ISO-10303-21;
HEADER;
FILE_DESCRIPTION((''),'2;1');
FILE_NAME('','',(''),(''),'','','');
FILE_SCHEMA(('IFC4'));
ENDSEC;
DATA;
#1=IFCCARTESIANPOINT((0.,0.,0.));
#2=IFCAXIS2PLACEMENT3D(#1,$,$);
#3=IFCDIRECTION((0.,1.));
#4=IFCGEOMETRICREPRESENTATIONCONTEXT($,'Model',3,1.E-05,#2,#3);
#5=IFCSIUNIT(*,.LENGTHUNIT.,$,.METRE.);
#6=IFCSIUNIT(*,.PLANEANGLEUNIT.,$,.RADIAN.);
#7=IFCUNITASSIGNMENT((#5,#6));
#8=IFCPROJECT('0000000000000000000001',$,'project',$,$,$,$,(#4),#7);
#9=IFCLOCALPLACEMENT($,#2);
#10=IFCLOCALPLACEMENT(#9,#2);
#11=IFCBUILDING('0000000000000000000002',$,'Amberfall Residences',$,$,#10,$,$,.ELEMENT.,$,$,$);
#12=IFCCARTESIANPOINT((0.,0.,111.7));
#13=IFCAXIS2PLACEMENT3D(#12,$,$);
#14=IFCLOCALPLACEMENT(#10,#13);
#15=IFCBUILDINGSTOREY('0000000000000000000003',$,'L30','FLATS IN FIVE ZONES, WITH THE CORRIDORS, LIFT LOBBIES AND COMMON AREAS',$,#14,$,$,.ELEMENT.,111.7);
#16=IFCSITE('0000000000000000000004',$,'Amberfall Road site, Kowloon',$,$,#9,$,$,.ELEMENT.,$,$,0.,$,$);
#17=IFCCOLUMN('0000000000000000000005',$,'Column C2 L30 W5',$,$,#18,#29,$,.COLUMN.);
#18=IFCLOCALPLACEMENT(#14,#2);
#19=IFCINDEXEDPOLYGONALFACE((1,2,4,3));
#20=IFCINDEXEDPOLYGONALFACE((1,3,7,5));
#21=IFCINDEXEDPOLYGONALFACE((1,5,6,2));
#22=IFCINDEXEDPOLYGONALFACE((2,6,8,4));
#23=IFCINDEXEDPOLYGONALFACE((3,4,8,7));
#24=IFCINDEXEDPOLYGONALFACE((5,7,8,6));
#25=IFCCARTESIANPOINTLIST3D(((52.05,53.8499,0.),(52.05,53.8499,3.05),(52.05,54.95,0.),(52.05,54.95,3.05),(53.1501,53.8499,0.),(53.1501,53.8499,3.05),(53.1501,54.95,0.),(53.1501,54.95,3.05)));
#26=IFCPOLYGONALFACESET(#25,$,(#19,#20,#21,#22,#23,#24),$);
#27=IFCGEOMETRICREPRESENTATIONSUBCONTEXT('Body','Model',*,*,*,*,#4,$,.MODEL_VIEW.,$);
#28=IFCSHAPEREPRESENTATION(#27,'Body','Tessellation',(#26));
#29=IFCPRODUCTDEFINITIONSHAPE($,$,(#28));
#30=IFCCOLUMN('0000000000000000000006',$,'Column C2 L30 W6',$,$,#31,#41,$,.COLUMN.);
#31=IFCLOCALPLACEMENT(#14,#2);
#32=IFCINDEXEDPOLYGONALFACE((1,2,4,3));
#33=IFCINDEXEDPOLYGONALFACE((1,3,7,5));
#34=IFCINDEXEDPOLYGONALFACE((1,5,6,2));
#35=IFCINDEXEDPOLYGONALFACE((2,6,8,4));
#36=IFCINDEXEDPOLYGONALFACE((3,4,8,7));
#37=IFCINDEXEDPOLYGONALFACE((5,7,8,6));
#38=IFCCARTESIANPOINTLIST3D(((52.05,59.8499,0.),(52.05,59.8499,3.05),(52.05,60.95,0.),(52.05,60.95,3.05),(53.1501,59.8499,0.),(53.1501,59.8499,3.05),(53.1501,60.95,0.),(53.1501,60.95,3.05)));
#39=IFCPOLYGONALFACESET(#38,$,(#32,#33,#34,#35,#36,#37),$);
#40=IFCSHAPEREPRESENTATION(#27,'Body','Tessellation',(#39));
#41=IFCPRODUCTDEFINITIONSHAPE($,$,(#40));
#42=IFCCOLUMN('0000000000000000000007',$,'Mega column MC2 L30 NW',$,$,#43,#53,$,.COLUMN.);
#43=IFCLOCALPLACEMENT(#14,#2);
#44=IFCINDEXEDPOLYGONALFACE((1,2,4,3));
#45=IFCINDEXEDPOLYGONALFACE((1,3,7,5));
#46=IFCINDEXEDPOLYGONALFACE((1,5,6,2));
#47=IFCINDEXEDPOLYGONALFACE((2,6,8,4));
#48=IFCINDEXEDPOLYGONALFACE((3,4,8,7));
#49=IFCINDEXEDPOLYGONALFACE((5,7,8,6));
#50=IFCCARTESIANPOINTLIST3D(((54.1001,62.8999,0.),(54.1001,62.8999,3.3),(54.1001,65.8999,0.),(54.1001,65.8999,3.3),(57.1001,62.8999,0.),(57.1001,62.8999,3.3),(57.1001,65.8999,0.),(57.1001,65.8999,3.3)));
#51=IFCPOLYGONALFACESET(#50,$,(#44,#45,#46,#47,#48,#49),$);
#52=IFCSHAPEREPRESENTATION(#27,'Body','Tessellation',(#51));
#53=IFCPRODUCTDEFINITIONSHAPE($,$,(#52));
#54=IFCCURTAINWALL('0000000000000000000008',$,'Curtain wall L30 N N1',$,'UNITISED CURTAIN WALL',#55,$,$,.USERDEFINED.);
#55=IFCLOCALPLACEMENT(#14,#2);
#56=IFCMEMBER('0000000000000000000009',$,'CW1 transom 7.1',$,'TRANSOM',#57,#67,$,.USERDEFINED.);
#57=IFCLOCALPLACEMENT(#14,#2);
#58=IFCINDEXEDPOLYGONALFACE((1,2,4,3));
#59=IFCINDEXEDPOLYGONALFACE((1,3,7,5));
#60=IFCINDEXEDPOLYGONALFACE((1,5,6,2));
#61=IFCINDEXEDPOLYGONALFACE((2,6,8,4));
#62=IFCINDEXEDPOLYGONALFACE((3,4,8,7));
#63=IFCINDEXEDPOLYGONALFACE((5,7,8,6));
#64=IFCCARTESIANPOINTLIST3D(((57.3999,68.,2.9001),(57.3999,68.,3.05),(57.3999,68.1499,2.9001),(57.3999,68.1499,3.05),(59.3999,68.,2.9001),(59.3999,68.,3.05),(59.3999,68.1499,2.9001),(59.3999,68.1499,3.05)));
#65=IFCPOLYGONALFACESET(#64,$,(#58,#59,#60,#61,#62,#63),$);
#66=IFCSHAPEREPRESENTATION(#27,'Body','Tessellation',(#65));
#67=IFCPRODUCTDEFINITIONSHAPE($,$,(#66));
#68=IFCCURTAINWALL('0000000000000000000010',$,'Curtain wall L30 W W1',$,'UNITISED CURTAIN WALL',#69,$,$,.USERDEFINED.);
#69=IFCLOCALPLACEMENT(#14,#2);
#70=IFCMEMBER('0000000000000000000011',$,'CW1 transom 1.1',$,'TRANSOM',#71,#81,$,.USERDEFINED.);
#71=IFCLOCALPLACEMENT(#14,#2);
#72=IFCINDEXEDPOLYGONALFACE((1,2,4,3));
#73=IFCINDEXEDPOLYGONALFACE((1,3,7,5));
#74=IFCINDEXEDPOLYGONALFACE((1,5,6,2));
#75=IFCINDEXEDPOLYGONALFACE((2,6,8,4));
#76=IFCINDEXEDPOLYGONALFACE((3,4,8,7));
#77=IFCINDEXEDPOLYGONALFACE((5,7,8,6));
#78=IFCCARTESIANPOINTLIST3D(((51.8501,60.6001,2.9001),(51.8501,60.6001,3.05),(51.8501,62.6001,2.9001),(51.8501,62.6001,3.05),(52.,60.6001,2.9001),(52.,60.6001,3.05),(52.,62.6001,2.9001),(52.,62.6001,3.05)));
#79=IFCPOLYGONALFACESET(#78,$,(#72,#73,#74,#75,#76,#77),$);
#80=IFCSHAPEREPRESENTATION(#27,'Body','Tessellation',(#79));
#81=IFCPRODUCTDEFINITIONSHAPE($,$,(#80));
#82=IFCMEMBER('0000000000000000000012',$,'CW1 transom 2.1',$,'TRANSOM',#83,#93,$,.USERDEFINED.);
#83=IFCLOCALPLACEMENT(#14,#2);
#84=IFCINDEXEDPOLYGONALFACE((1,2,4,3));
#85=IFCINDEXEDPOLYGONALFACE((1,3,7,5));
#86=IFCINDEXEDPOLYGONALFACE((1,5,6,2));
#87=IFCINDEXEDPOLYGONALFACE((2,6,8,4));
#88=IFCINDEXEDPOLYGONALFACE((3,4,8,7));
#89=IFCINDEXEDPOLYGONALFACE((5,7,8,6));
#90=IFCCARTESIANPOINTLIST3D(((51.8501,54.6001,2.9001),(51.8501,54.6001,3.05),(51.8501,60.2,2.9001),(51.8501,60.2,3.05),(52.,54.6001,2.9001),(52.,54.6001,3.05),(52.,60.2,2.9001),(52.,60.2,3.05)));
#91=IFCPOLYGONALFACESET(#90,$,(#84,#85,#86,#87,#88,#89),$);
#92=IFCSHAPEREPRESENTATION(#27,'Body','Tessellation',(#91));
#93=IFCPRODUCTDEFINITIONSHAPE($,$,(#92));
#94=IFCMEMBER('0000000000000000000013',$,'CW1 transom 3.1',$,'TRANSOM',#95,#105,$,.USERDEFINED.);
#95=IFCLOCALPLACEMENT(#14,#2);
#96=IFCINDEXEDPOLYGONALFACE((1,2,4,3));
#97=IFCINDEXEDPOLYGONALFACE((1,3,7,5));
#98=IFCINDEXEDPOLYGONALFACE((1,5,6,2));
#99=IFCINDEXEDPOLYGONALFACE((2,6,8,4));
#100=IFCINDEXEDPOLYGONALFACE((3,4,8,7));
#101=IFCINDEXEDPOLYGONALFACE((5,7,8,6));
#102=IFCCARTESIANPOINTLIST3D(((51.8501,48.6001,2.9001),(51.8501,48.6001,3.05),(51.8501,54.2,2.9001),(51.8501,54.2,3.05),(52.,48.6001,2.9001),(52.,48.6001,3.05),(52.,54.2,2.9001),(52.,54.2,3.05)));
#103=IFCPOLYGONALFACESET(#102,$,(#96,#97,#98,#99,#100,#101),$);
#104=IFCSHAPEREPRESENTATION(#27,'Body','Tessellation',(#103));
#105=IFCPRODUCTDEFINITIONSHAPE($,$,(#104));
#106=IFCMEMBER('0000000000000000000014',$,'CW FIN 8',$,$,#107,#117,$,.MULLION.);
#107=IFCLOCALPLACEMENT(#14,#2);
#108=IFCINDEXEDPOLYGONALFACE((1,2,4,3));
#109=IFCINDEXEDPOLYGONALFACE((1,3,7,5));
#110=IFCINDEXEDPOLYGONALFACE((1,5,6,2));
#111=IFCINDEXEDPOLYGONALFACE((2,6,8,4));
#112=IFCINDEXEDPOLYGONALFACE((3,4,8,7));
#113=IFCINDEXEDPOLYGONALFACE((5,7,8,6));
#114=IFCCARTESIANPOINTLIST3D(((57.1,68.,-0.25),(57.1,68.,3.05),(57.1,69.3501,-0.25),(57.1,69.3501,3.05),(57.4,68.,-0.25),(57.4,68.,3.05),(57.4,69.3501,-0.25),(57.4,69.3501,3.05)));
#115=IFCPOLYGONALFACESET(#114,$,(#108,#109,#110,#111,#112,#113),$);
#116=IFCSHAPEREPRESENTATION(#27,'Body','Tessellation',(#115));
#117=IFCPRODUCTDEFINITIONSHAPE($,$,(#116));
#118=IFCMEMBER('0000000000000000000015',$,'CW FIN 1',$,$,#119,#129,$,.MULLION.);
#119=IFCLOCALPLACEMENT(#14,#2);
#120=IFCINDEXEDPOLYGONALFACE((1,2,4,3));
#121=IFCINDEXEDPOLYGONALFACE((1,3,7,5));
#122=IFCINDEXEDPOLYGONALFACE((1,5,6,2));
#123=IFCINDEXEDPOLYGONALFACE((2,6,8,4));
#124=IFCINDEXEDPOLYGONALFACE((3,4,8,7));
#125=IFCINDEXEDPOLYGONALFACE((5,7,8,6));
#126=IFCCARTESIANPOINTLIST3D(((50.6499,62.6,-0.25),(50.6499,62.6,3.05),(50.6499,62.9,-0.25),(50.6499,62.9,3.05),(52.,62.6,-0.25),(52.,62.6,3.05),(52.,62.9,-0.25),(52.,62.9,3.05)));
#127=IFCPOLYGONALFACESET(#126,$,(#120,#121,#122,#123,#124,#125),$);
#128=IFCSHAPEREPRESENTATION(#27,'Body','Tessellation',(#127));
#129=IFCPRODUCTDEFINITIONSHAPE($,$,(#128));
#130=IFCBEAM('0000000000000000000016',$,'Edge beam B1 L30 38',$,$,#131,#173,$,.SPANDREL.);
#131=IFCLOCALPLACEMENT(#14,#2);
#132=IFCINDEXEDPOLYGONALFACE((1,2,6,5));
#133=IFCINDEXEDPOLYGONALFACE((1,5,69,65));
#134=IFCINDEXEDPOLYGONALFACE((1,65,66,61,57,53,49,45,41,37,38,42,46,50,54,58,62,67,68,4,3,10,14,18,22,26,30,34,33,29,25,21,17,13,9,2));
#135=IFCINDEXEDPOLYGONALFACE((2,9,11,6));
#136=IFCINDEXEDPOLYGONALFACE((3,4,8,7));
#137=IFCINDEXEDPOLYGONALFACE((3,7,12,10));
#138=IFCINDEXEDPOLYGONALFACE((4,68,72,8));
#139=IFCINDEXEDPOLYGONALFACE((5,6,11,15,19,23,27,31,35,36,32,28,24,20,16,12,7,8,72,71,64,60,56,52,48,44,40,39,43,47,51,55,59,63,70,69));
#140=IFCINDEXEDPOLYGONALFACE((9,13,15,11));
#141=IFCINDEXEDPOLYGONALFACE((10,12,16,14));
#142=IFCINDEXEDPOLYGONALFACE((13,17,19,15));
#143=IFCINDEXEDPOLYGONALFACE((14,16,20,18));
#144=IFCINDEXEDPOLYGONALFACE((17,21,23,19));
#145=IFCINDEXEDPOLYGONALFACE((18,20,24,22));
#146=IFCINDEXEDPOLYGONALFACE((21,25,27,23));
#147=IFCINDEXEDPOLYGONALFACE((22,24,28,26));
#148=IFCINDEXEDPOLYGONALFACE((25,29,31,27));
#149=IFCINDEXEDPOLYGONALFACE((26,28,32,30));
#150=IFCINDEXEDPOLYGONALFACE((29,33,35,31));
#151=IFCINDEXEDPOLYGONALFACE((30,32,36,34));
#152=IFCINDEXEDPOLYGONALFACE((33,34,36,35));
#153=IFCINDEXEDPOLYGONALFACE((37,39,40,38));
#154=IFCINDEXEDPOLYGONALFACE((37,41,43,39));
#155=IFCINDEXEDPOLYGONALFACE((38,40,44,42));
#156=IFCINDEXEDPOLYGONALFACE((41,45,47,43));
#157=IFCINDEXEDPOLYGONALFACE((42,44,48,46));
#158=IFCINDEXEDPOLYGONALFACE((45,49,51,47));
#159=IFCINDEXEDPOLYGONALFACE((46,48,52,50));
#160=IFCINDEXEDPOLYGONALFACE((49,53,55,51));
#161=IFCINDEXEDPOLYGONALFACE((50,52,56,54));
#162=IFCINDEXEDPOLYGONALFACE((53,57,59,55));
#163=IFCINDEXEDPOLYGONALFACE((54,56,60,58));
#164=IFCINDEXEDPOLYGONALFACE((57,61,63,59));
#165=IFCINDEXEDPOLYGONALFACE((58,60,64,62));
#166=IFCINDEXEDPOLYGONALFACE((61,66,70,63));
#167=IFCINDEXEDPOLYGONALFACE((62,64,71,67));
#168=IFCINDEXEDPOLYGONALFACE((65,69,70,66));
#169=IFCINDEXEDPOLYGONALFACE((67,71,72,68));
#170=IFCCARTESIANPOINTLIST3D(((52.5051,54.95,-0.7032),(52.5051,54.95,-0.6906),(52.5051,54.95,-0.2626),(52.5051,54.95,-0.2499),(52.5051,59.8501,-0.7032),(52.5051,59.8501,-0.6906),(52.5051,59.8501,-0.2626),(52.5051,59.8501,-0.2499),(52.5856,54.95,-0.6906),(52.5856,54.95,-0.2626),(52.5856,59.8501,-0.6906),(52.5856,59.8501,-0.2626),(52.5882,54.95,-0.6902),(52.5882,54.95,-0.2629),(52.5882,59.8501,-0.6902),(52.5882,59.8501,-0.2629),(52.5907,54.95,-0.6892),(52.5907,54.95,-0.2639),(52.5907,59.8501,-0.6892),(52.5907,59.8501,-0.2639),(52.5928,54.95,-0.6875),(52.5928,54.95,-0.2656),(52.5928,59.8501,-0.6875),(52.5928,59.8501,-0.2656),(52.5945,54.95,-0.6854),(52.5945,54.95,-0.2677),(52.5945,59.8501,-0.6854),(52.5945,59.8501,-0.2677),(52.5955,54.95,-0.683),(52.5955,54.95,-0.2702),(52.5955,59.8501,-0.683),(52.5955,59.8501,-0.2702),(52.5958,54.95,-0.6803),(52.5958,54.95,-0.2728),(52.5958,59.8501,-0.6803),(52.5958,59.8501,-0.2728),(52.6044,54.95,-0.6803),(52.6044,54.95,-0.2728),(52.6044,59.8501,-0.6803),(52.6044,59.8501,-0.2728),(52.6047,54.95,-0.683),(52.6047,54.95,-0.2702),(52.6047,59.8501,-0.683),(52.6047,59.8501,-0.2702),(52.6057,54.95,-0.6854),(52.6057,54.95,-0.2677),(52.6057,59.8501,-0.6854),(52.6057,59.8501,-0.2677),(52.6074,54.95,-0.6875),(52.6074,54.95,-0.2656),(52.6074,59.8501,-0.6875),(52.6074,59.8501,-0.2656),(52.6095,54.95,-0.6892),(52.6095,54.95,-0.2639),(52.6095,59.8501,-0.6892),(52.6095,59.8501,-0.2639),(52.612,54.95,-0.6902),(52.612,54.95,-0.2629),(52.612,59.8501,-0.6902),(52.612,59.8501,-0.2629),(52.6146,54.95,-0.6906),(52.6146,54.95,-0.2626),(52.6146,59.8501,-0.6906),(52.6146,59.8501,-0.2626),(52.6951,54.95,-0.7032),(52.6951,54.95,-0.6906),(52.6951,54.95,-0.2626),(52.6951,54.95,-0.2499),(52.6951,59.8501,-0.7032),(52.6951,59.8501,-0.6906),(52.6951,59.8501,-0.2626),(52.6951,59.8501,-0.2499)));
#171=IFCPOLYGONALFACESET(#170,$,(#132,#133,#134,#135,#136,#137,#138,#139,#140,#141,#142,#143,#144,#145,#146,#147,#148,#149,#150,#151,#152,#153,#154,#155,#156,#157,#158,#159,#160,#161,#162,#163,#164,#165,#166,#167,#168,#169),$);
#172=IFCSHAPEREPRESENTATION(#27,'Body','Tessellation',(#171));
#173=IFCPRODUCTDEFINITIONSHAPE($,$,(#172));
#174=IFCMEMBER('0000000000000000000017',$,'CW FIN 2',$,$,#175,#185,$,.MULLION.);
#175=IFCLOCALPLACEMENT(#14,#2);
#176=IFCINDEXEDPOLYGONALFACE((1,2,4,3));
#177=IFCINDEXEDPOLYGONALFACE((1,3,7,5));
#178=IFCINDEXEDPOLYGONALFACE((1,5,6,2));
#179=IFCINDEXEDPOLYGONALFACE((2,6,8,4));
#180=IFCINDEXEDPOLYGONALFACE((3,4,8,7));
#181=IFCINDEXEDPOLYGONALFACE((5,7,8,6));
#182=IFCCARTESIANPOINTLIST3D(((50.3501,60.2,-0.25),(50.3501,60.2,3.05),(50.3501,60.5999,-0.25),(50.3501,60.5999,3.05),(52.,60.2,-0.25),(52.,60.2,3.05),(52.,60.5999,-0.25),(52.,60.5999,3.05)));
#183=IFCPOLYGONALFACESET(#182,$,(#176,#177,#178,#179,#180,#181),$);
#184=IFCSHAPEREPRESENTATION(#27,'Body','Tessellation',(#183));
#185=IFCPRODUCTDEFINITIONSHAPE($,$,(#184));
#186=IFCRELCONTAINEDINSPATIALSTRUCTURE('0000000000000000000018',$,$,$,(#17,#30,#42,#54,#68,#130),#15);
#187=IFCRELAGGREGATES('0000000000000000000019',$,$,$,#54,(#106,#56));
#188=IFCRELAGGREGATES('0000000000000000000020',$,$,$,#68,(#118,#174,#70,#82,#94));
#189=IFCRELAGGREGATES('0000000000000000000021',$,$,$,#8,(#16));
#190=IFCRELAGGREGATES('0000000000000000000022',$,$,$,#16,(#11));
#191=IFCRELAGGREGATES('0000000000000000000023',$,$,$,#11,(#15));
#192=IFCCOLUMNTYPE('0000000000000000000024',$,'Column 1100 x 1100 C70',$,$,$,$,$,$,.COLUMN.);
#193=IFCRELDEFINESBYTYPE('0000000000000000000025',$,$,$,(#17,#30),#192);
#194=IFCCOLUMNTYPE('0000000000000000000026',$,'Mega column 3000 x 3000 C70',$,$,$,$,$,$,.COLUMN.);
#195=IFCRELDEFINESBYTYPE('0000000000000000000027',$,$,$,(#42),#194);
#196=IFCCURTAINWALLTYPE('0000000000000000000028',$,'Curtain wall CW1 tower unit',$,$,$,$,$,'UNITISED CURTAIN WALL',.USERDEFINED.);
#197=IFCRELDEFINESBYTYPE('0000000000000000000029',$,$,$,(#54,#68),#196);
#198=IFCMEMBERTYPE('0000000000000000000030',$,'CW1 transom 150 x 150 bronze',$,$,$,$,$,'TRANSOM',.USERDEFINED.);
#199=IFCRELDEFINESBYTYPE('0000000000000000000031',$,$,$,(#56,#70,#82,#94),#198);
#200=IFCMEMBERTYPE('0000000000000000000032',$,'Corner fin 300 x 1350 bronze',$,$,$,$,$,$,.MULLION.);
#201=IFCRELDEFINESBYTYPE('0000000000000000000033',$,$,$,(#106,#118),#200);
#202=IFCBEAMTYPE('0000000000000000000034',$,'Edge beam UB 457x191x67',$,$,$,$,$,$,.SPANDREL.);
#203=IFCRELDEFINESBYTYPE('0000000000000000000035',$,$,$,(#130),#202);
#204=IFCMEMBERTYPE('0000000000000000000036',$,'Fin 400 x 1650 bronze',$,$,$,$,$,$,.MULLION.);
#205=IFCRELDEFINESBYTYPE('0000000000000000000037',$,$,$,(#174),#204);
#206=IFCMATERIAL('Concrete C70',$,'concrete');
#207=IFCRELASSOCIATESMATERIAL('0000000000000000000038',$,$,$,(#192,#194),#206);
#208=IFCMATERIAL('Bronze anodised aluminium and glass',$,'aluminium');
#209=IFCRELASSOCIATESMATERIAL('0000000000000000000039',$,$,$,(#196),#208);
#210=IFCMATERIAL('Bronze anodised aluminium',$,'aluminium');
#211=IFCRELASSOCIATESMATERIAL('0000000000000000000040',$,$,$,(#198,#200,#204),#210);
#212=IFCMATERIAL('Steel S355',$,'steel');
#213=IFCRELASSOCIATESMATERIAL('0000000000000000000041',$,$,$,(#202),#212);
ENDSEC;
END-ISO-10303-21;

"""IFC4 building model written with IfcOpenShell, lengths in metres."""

from ifc_helpers import new_model, si_unit, direction, frame, origin, origin_2d, place, context, subcontext, project, spatial, rectangle, i_section, extrude, material, material_profile, profile_set, type_object, element, aggregate, save


model = new_model("IFC4")

# Units and contexts
model_context = context("Model", 3, precision=1e-05, world=origin(), true_north=direction((0.0, 1.0)))
body_context = subcontext(model_context, "Body", "Model", "MODEL_VIEW")
ifc_project = project(units=[si_unit("LENGTHUNIT", "METRE"), si_unit("PLANEANGLEUNIT", "RADIAN")], contexts=[model_context])

# Site, building, storey
site_placement = place(None, origin())
site = spatial("IfcSite", under=ifc_project, at=site_placement, Name="Amberfall Road site, Kowloon", CompositionType="ELEMENT", RefElevation=0.0)
building_placement = place(site_placement, origin())
building = spatial("IfcBuilding", under=site, at=building_placement, Name="Amberfall Residences", CompositionType="ELEMENT")
storey_placement = place(building_placement, frame((0.0, 0.0, 111.7)))
storey = spatial("IfcBuildingStorey", under=building, at=storey_placement, Name="L30", Description="FLATS IN FIVE ZONES, WITH THE CORRIDORS, LIFT LOBBIES AND COMMON AREAS", CompositionType="ELEMENT", Elevation=111.7)

# Columns
ifc_material_1 = material(Name="Concrete C70", Category="concrete")
ifc_material_profile_1 = material_profile(ifc_material_1, rectangle(XDim=1.1001, YDim=1.1001, at=origin_2d()), Name="Column 1100 x 1100 C70")
ifc_profile_set_1 = profile_set([ifc_material_profile_1], Name="Concrete C70")
column_type_1 = type_object("IfcColumnType", Name="Column 1100 x 1100 C70", PredefinedType="COLUMN", material=ifc_profile_set_1)
for number, where, z_axis, x_axis, name in (
    (1, (52.6001, 54.3999, 0.0), (0.0, 0.0, 1.0), (1.0, 0.0, 0.0), "Column C2 L30 W5"),
    (2, (52.6001, 60.3999, 0.0), (0.0, 0.0, 1.0), (1.0, 0.0, 0.0), "Column C2 L30 W6"),
):
    element("IfcColumn", number, at=place(storey_placement, frame(where, z_axis=z_axis, x_axis=x_axis)), inside=storey, type_object=column_type_1, Name=name, PredefinedType="COLUMN", context=body_context, shape_type="SweptSolid", body=[
        extrude(rectangle(XDim=1.1001, YDim=1.1001, at=origin_2d()), origin(), (0.0, 0.0, 1.0), 3.05),
    ])
ifc_material_profile_2 = material_profile(ifc_material_1, rectangle(XDim=3.0, YDim=3.0, at=origin_2d()), Name="Mega column 3000 x 3000 C70")
ifc_profile_set_2 = profile_set([ifc_material_profile_2], Name="Concrete C70")
column_type_2 = type_object("IfcColumnType", Name="Mega column 3000 x 3000 C70", PredefinedType="COLUMN", material=ifc_profile_set_2)
column_placement = place(storey_placement, frame((55.6001, 64.3999, 0.0), z_axis=(0.0, 0.0, 1.0), x_axis=(1.0, 0.0, 0.0)))
element("IfcColumn", 3, at=column_placement, inside=storey, type_object=column_type_2, Name="Mega column MC2 L30 NW", PredefinedType="COLUMN", context=body_context, shape_type="SweptSolid", body=[
    extrude(rectangle(XDim=3.0, YDim=3.0, at=origin_2d()), origin(), (0.0, 0.0, 1.0), 3.3),
])

# Curtain wall, member
ifc_material_2 = material(Name="Bronze anodised aluminium and glass", Category="aluminium")
curtain_wall_type = type_object("IfcCurtainWallType", Name="Curtain wall CW1 tower unit", ElementType="UNITISED CURTAIN WALL", PredefinedType="USERDEFINED", material=ifc_material_2)
curtain_wall_1_placement = place(storey_placement, origin())
curtain_wall_1 = element("IfcCurtainWall", 4, at=curtain_wall_1_placement, inside=storey, type_object=curtain_wall_type, Name="Curtain wall L30 N N1", ObjectType="UNITISED CURTAIN WALL", PredefinedType="USERDEFINED")
ifc_material_3 = material(Name="Bronze anodised aluminium", Category="aluminium")
ifc_material_profile_3 = material_profile(ifc_material_3, rectangle(XDim=0.1499, YDim=0.1499, at=origin_2d()), Name="CW1 transom 150 x 150 bronze")
ifc_profile_set_3 = profile_set([ifc_material_profile_3], Name="Bronze anodised aluminium")
member_type_1 = type_object("IfcMemberType", Name="CW1 transom 150 x 150 bronze", ElementType="TRANSOM", PredefinedType="USERDEFINED", material=ifc_profile_set_3)
member_1_placement = place(storey_placement, frame((59.3999, 68.075, 2.9751), z_axis=(-1.0, 0.0, 0.0), x_axis=(0.0, -1.0, 0.0)))
member_1 = element("IfcMember", 5, at=member_1_placement, type_object=member_type_1, Name="CW1 transom 7.1", ObjectType="TRANSOM", PredefinedType="USERDEFINED", context=body_context, shape_type="SweptSolid", body=[
    extrude(rectangle(XDim=0.1499, YDim=0.1499, at=origin_2d()), origin(), (0.0, 0.0, 1.0), 2.0),
])

# Curtain wall, members
curtain_wall_2_placement = place(storey_placement, origin())
curtain_wall_2 = element("IfcCurtainWall", 6, at=curtain_wall_2_placement, inside=storey, type_object=curtain_wall_type, Name="Curtain wall L30 W W1", ObjectType="UNITISED CURTAIN WALL", PredefinedType="USERDEFINED")
member_2_placement = place(storey_placement, frame((51.925, 62.6001, 2.9751), z_axis=(0.0, -1.0, 0.0), x_axis=(1.0, 0.0, 0.0)))
member_2 = element("IfcMember", 7, at=member_2_placement, type_object=member_type_1, Name="CW1 transom 1.1", ObjectType="TRANSOM", PredefinedType="USERDEFINED", context=body_context, shape_type="SweptSolid", body=[
    extrude(rectangle(XDim=0.1499, YDim=0.1499, at=origin_2d()), origin(), (0.0, 0.0, 1.0), 2.0),
])
member_3_placement = place(storey_placement, frame((51.925, 60.2, 2.9751), z_axis=(0.0, -1.0, 0.0), x_axis=(1.0, 0.0, 0.0)))
member_3 = element("IfcMember", 8, at=member_3_placement, type_object=member_type_1, Name="CW1 transom 2.1", ObjectType="TRANSOM", PredefinedType="USERDEFINED", context=body_context, shape_type="SweptSolid", body=[
    extrude(rectangle(XDim=0.1499, YDim=0.1499, at=origin_2d()), origin(), (0.0, 0.0, 1.0), 5.5999),
])
member_4_placement = place(storey_placement, frame((51.925, 54.2, 2.9751), z_axis=(0.0, -1.0, 0.0), x_axis=(1.0, 0.0, 0.0)))
member_4 = element("IfcMember", 9, at=member_4_placement, type_object=member_type_1, Name="CW1 transom 3.1", ObjectType="TRANSOM", PredefinedType="USERDEFINED", context=body_context, shape_type="SweptSolid", body=[
    extrude(rectangle(XDim=0.1499, YDim=0.1499, at=origin_2d()), origin(), (0.0, 0.0, 1.0), 5.5999),
])

# Members
ifc_material_profile_4 = material_profile(ifc_material_3, rectangle(XDim=1.3501, YDim=0.3, at=origin_2d()), Name="Corner fin 300 x 1350 bronze")
ifc_profile_set_4 = profile_set([ifc_material_profile_4], Name="Bronze anodised aluminium")
member_type_2 = type_object("IfcMemberType", Name="Corner fin 300 x 1350 bronze", PredefinedType="MULLION", material=ifc_profile_set_4)
member_5_placement = place(storey_placement, frame((57.25, 68.675, -0.25), z_axis=(0.0, 0.0, 1.0), x_axis=(0.0, -1.0, 0.0)))
member_5 = element("IfcMember", 10, at=member_5_placement, type_object=member_type_2, Name="CW FIN 8", PredefinedType="MULLION", context=body_context, shape_type="SweptSolid", body=[
    extrude(rectangle(XDim=1.3501, YDim=0.3, at=origin_2d()), origin(), (0.0, 0.0, 1.0), 3.3),
])
member_6_placement = place(storey_placement, frame((51.325, 62.75, -0.25), z_axis=(0.0, 0.0, 1.0), x_axis=(1.0, 0.0, 0.0)))
member_6 = element("IfcMember", 11, at=member_6_placement, type_object=member_type_2, Name="CW FIN 1", PredefinedType="MULLION", context=body_context, shape_type="SweptSolid", body=[
    extrude(rectangle(XDim=1.3501, YDim=0.3, at=origin_2d()), origin(), (0.0, 0.0, 1.0), 3.3),
])

# Beam
ifc_material_4 = material(Name="Steel S355", Category="steel")
ifc_material_profile_5 = material_profile(ifc_material_4, i_section(OverallWidth=0.1899, OverallDepth=0.4534, WebThickness=0.0085, FlangeThickness=0.0127, FilletRadius=0.0103, at=origin_2d()), Name="UB 457x191x67")
ifc_profile_set_5 = profile_set([ifc_material_profile_5], Name="Steel S355")
beam_type_1 = type_object("IfcBeamType", Name="Edge beam UB 457x191x67", PredefinedType="SPANDREL", material=ifc_profile_set_5)
beam_1_placement = place(storey_placement, frame((52.6001, 54.95, -0.4766), z_axis=(0.0, 1.0, 0.0), x_axis=(-1.0, 0.0, 0.0)))
element("IfcBeam", 12, at=beam_1_placement, inside=storey, type_object=beam_type_1, Name="Edge beam B1 L30 38", PredefinedType="SPANDREL", context=body_context, shape_type="SweptSolid", body=[
    extrude(i_section(OverallWidth=0.1899, OverallDepth=0.4534, WebThickness=0.0085, FlangeThickness=0.0127, FilletRadius=0.0103, at=origin_2d()), origin(), (0.0, 0.0, 1.0), 4.9001),
])

# Member
ifc_material_profile_6 = material_profile(ifc_material_3, rectangle(XDim=1.6499, YDim=0.3999, at=origin_2d()), Name="Fin 400 x 1650 bronze")
ifc_profile_set_6 = profile_set([ifc_material_profile_6], Name="Bronze anodised aluminium")
member_type_3 = type_object("IfcMemberType", Name="Fin 400 x 1650 bronze", PredefinedType="MULLION", material=ifc_profile_set_6)
member_7_placement = place(storey_placement, frame((51.175, 60.3999, -0.25), z_axis=(0.0, 0.0, 1.0), x_axis=(1.0, 0.0, 0.0)))
member_7 = element("IfcMember", 13, at=member_7_placement, type_object=member_type_3, Name="CW FIN 2", PredefinedType="MULLION", context=body_context, shape_type="SweptSolid", body=[
    extrude(rectangle(XDim=1.6499, YDim=0.3999, at=origin_2d()), origin(), (0.0, 0.0, 1.0), 3.3),
])

aggregate(curtain_wall_1, [member_5, member_1])
aggregate(curtain_wall_2, [member_6, member_7, member_2, member_3, member_4])

save(model, "model.ifc")
